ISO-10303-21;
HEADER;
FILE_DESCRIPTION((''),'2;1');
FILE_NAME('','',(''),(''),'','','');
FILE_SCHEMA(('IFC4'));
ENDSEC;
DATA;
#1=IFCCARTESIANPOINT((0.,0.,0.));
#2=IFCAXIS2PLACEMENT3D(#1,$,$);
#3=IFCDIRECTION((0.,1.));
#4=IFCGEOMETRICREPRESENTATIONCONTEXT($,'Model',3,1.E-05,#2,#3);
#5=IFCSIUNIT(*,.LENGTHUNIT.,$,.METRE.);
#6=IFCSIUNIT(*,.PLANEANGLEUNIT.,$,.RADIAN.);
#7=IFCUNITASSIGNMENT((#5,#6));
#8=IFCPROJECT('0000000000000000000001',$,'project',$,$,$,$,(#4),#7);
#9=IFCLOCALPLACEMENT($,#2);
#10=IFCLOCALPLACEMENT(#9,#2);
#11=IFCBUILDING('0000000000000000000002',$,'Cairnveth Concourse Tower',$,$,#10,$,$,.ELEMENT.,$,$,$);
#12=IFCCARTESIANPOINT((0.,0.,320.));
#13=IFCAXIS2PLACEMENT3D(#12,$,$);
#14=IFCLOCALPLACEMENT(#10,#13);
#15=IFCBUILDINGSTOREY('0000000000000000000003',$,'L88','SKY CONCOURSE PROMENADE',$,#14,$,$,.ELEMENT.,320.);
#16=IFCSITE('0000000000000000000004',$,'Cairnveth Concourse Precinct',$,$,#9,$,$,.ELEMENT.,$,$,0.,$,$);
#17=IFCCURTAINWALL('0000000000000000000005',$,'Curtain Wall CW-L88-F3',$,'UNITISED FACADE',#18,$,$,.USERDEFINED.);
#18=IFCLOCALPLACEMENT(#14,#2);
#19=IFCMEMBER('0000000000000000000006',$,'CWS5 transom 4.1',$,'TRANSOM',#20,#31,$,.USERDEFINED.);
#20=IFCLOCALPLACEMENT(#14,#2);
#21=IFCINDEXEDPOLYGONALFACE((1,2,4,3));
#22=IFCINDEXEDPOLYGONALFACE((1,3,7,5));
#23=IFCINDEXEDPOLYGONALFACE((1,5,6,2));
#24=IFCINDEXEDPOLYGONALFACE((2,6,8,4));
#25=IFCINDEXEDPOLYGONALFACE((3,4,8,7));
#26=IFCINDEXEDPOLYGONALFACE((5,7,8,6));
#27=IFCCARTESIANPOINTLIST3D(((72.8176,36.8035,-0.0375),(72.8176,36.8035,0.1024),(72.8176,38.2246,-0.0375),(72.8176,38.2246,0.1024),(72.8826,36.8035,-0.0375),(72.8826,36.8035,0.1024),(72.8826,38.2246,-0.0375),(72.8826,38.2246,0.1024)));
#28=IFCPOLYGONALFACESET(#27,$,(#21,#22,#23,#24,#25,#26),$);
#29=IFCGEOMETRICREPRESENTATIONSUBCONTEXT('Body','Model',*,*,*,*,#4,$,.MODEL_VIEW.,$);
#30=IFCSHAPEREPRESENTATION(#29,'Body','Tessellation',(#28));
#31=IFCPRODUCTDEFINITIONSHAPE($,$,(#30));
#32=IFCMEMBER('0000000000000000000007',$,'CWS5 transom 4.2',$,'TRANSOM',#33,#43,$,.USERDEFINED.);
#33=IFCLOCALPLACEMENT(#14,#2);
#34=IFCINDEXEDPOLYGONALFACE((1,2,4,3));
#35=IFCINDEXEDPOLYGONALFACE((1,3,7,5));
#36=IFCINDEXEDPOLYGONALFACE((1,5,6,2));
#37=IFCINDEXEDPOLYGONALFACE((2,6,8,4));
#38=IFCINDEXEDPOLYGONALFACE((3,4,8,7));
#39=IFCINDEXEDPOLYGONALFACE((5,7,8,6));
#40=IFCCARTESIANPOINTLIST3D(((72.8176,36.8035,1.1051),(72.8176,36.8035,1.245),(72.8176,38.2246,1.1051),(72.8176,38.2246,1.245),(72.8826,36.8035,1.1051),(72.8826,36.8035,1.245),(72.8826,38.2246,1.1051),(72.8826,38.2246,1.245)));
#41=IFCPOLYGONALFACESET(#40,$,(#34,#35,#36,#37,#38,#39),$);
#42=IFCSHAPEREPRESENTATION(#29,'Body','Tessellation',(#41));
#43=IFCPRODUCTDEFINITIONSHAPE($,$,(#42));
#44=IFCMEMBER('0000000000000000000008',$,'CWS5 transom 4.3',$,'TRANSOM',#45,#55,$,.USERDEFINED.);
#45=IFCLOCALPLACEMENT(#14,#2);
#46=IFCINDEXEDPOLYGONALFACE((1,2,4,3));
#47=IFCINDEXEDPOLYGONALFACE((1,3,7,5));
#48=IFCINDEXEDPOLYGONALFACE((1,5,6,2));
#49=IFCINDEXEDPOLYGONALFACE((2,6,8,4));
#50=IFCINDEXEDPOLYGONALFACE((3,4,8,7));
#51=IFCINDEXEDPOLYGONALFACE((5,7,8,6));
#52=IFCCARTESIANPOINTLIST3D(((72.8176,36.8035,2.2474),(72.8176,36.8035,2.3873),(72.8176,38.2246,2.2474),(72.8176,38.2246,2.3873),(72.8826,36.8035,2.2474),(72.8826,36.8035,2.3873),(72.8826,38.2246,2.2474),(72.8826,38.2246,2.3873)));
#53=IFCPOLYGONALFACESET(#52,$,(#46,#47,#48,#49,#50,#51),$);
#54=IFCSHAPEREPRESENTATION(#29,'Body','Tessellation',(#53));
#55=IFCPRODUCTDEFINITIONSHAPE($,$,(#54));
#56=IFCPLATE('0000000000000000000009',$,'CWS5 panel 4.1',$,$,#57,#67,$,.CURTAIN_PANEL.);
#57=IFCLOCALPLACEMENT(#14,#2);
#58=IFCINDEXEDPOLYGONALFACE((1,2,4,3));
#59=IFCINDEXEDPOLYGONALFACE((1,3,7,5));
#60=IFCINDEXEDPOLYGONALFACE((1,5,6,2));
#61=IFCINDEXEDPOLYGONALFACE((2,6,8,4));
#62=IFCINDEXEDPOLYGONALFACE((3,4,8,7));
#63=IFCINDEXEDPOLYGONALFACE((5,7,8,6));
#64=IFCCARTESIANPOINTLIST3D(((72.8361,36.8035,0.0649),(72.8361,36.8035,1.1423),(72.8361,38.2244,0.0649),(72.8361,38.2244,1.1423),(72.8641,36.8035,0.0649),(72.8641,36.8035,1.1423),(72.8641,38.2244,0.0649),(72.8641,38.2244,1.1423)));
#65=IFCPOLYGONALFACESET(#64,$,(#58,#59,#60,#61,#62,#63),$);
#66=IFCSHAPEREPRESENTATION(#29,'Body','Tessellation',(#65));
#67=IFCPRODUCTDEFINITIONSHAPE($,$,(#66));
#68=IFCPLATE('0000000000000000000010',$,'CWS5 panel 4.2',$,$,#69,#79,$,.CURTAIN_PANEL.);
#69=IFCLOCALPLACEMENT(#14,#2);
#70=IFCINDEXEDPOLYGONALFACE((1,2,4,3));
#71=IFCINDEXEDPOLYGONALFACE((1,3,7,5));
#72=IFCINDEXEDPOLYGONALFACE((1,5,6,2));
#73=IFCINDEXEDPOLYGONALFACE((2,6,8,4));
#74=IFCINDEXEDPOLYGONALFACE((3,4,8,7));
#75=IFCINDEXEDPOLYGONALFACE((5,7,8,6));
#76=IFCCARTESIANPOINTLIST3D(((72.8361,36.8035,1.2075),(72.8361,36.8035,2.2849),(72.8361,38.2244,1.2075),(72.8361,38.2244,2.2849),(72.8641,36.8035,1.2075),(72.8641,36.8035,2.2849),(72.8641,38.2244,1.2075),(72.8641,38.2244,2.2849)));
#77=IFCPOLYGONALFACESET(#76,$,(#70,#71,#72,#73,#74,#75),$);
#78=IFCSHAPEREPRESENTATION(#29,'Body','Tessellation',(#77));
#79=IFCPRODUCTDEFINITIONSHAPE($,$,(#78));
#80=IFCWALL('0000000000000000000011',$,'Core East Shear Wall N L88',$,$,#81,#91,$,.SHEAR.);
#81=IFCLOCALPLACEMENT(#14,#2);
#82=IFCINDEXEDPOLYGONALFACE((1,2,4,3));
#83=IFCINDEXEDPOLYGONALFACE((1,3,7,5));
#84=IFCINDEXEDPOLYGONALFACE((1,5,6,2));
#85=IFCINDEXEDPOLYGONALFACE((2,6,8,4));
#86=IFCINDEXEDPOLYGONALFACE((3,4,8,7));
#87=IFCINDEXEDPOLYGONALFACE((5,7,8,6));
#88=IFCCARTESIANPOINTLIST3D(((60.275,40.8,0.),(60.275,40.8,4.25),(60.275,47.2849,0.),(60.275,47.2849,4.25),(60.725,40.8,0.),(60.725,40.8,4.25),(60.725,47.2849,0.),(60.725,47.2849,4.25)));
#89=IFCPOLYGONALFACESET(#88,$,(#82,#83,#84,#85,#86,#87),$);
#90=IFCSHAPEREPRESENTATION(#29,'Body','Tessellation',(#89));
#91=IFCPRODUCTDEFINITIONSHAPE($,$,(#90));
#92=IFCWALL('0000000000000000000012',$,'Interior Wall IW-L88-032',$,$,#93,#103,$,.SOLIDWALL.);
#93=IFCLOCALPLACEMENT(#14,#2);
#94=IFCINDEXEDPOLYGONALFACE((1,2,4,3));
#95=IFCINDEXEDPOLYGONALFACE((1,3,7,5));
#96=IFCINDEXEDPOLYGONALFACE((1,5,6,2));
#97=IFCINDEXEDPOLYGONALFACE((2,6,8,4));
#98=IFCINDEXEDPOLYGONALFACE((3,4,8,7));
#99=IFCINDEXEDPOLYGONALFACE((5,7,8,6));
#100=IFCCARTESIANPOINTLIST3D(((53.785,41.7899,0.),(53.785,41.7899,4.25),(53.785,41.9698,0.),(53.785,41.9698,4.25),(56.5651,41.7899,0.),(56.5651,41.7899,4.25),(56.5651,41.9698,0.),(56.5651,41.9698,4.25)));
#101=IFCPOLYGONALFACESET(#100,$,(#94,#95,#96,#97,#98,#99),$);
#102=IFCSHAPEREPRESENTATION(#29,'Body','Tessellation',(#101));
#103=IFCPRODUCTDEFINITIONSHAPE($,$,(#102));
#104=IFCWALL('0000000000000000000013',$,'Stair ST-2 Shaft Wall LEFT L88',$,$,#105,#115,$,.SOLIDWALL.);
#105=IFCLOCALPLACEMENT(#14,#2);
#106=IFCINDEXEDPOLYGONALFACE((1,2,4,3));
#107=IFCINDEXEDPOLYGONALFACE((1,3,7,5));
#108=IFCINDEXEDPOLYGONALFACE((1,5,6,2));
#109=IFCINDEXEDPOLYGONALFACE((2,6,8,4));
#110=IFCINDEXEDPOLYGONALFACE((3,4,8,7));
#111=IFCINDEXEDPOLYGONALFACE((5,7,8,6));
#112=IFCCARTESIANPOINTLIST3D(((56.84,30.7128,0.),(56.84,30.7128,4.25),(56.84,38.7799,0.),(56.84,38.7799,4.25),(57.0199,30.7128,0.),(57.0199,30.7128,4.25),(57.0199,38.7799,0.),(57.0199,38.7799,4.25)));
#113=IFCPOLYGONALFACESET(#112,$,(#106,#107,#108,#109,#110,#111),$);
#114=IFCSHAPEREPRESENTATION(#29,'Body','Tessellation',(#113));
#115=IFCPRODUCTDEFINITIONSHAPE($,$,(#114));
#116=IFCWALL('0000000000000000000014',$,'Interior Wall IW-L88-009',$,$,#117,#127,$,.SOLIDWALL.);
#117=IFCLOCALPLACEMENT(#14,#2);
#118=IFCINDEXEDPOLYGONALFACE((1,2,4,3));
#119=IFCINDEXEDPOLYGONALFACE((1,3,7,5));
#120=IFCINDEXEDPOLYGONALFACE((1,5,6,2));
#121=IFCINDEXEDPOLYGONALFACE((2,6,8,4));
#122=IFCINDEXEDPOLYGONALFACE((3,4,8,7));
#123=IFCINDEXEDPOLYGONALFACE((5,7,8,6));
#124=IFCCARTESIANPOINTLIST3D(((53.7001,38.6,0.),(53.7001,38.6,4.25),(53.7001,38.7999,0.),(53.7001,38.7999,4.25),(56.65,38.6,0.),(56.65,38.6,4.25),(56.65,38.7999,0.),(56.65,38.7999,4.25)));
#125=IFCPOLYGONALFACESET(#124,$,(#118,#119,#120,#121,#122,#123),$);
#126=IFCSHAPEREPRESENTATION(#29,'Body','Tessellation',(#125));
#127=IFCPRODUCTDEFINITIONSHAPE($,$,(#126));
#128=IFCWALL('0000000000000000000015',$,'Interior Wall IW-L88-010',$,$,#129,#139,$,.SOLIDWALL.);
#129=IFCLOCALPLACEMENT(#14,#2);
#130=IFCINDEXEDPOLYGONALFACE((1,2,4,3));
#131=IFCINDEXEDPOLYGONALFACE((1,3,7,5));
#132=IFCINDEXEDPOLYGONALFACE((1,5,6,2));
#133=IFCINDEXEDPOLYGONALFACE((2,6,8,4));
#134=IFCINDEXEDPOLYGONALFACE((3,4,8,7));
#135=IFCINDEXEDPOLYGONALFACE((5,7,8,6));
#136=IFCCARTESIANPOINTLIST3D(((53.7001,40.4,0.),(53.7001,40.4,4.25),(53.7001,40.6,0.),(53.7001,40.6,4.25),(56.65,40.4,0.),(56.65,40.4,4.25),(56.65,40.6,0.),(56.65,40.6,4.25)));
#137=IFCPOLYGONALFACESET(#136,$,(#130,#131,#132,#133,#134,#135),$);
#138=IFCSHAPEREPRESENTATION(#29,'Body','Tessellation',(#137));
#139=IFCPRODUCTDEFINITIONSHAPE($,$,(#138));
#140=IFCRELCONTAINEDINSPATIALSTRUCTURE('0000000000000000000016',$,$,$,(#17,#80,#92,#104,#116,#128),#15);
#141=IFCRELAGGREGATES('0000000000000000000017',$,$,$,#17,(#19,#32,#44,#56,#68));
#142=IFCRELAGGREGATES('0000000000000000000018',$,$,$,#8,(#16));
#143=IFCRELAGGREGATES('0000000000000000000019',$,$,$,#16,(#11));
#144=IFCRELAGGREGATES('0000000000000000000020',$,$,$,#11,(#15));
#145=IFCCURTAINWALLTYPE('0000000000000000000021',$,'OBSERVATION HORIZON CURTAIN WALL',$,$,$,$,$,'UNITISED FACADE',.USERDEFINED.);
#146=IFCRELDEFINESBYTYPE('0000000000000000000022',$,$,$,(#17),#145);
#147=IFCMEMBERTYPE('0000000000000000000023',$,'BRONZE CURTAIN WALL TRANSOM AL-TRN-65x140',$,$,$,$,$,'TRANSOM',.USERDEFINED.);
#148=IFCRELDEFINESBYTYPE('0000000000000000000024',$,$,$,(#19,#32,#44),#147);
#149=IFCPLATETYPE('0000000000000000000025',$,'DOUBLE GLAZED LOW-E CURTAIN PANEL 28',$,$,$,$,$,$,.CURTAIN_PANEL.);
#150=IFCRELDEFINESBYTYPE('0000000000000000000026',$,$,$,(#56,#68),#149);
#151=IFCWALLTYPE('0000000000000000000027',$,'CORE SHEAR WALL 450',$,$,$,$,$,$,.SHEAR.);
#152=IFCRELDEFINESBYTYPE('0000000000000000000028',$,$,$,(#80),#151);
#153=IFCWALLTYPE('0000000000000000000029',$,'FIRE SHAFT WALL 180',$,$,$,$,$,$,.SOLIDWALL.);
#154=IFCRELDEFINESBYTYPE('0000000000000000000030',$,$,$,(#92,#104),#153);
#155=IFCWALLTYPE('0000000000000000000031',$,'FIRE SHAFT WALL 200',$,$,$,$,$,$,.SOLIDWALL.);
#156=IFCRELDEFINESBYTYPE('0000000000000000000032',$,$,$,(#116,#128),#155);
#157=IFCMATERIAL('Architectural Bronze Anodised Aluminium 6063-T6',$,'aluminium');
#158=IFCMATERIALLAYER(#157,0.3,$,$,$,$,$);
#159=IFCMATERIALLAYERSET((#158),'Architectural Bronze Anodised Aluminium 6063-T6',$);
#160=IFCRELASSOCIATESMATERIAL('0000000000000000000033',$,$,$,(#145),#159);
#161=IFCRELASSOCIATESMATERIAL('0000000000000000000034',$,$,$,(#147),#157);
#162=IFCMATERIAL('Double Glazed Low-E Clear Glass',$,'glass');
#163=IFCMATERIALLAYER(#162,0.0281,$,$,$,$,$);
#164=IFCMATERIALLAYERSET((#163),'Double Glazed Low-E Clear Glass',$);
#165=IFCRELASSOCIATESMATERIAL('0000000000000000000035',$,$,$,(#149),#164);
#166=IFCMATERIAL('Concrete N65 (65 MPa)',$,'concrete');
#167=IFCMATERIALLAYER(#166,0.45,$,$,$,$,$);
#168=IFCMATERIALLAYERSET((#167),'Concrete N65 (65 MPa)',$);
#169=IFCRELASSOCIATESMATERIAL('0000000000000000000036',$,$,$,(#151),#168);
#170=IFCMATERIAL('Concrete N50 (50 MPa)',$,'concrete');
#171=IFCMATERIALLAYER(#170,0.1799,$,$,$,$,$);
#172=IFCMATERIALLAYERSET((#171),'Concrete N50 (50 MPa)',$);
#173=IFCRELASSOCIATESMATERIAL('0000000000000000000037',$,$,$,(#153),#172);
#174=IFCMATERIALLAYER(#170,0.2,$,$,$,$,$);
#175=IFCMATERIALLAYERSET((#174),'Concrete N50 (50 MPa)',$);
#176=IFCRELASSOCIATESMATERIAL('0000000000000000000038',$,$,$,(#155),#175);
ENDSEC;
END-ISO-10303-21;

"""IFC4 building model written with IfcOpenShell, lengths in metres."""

from ifc_helpers import new_model, si_unit, direction, frame, frame_2d, origin, origin_2d, place, context, subcontext, project, spatial, rectangle, extrude, material, layer, layer_set, material_profile, profile_set, type_object, element, aggregate, save


model = new_model("IFC4")

# Units and contexts
model_context = context("Model", 3, precision=1e-05, world=origin(), true_north=direction((0.0, 1.0)))
body_context = subcontext(model_context, "Body", "Model", "MODEL_VIEW")
ifc_project = project(units=[si_unit("LENGTHUNIT", "METRE"), si_unit("PLANEANGLEUNIT", "RADIAN")], contexts=[model_context])

# Site, building, storey
site_placement = place(None, origin())
site = spatial("IfcSite", under=ifc_project, at=site_placement, Name="Cairnveth Concourse Precinct", CompositionType="ELEMENT", RefElevation=0.0)
building_placement = place(site_placement, origin())
building = spatial("IfcBuilding", under=site, at=building_placement, Name="Cairnveth Concourse Tower", CompositionType="ELEMENT")
storey_placement = place(building_placement, frame((0.0, 0.0, 320.0)))
storey = spatial("IfcBuildingStorey", under=building, at=storey_placement, Name="L88", Description="SKY CONCOURSE PROMENADE", CompositionType="ELEMENT", Elevation=320.0)

# Curtain wall, members, plates
ifc_material_1 = material(Name="Architectural Bronze Anodised Aluminium 6063-T6", Category="aluminium")
ifc_layer_1 = layer(ifc_material_1, 0.3)
ifc_layer_set_1 = layer_set([ifc_layer_1], Name="Architectural Bronze Anodised Aluminium 6063-T6")
curtain_wall_type = type_object("IfcCurtainWallType", Name="OBSERVATION HORIZON CURTAIN WALL", ElementType="UNITISED FACADE", PredefinedType="USERDEFINED", material=ifc_layer_set_1)
curtain_wall_placement = place(storey_placement, origin())
curtain_wall = element("IfcCurtainWall", 1, at=curtain_wall_placement, inside=storey, type_object=curtain_wall_type, Name="Curtain Wall CW-L88-F3", ObjectType="UNITISED FACADE", PredefinedType="USERDEFINED")
ifc_material_profile = material_profile(ifc_material_1, rectangle(XDim=0.0649, YDim=0.1399, at=origin_2d()), Name="AL-TRN-65x140")
ifc_profile_set = profile_set([ifc_material_profile], Name="Architectural Bronze Anodised Aluminium 6063-T6")
member_type = type_object("IfcMemberType", Name="BRONZE CURTAIN WALL TRANSOM AL-TRN-65x140", ElementType="TRANSOM", PredefinedType="USERDEFINED", material=ifc_profile_set)
member_1_placement = place(storey_placement, frame((72.8501, 38.2246, 0.0325), z_axis=(0.0, -1.0, 0.0), x_axis=(1.0, 0.0, 0.0)))
member_1 = element("IfcMember", 2, at=member_1_placement, type_object=member_type, Name="CWS5 transom 4.1", ObjectType="TRANSOM", PredefinedType="USERDEFINED", context=body_context, shape_type="SweptSolid", body=[
    extrude(rectangle(XDim=0.0649, YDim=0.1399, at=origin_2d()), origin(), (0.0, 0.0, 1.0), 1.4211),
])
member_2_placement = place(storey_placement, frame((72.8501, 38.2246, 1.175), z_axis=(0.0, -1.0, 0.0), x_axis=(1.0, 0.0, 0.0)))
member_2 = element("IfcMember", 3, at=member_2_placement, type_object=member_type, Name="CWS5 transom 4.2", ObjectType="TRANSOM", PredefinedType="USERDEFINED", context=body_context, shape_type="SweptSolid", body=[
    extrude(rectangle(XDim=0.0649, YDim=0.1399, at=origin_2d()), origin(), (0.0, 0.0, 1.0), 1.4211),
])
member_3_placement = place(storey_placement, frame((72.8501, 38.2246, 2.3174), z_axis=(0.0, -1.0, 0.0), x_axis=(1.0, 0.0, 0.0)))
member_3 = element("IfcMember", 4, at=member_3_placement, type_object=member_type, Name="CWS5 transom 4.3", ObjectType="TRANSOM", PredefinedType="USERDEFINED", context=body_context, shape_type="SweptSolid", body=[
    extrude(rectangle(XDim=0.0649, YDim=0.1399, at=origin_2d()), origin(), (0.0, 0.0, 1.0), 1.4211),
])
ifc_material_2 = material(Name="Double Glazed Low-E Clear Glass", Category="glass")
ifc_layer_2 = layer(ifc_material_2, 0.0281)
ifc_layer_set_2 = layer_set([ifc_layer_2], Name="Double Glazed Low-E Clear Glass")
plate_type = type_object("IfcPlateType", Name="DOUBLE GLAZED LOW-E CURTAIN PANEL 28", PredefinedType="CURTAIN_PANEL", material=ifc_layer_set_2)
plate_1_placement = place(storey_placement, frame((72.8501, 37.5139, 0.0649), z_axis=(0.0, 0.0, 1.0), x_axis=(0.0, -1.0, 0.0)))
plate_1 = element("IfcPlate", 5, at=plate_1_placement, type_object=plate_type, Name="CWS5 panel 4.1", PredefinedType="CURTAIN_PANEL", context=body_context, shape_type="SweptSolid", body=[
    extrude(rectangle(XDim=1.4209, YDim=0.0281, at=origin_2d()), origin(), (0.0, 0.0, 1.0), 1.0774),
])
plate_2_placement = place(storey_placement, frame((72.8501, 37.5139, 1.2075), z_axis=(0.0, 0.0, 1.0), x_axis=(0.0, -1.0, 0.0)))
plate_2 = element("IfcPlate", 6, at=plate_2_placement, type_object=plate_type, Name="CWS5 panel 4.2", PredefinedType="CURTAIN_PANEL", context=body_context, shape_type="SweptSolid", body=[
    extrude(rectangle(XDim=1.4209, YDim=0.0281, at=origin_2d()), origin(), (0.0, 0.0, 1.0), 1.0774),
])
aggregate(curtain_wall, [member_1, member_2, member_3, plate_1, plate_2])

# Walls
ifc_material_3 = material(Name="Concrete N65 (65 MPa)", Category="concrete")
ifc_layer_3 = layer(ifc_material_3, 0.45)
ifc_layer_set_3 = layer_set([ifc_layer_3], Name="Concrete N65 (65 MPa)")
wall_type_1 = type_object("IfcWallType", Name="CORE SHEAR WALL 450", PredefinedType="SHEAR", material=ifc_layer_set_3)
wall_1_placement = place(storey_placement, frame((60.5, 40.8, 0.0), z_axis=(0.0, 0.0, 1.0), x_axis=(0.0, 1.0, 0.0)))
element("IfcWall", 7, at=wall_1_placement, inside=storey, type_object=wall_type_1, Name="Core East Shear Wall N L88", PredefinedType="SHEAR", context=body_context, shape_type="SweptSolid", body=[
    extrude(rectangle(XDim=6.4849, YDim=0.45, at=frame_2d((3.2424, 0.0))), origin(), (0.0, 0.0, 1.0), 4.25),
])
ifc_material_4 = material(Name="Concrete N50 (50 MPa)", Category="concrete")
ifc_layer_4 = layer(ifc_material_4, 0.1799)
ifc_layer_set_4 = layer_set([ifc_layer_4], Name="Concrete N50 (50 MPa)")
wall_type_2 = type_object("IfcWallType", Name="FIRE SHAFT WALL 180", PredefinedType="SOLIDWALL", material=ifc_layer_set_4)
wall_2_placement = place(storey_placement, frame((53.7849, 41.8799, 0.0), z_axis=(0.0, 0.0, 1.0), x_axis=(1.0, 0.0, 0.0)))
element("IfcWall", 8, at=wall_2_placement, inside=storey, type_object=wall_type_2, Name="Interior Wall IW-L88-032", PredefinedType="SOLIDWALL", context=body_context, shape_type="SweptSolid", body=[
    extrude(rectangle(XDim=2.78, YDim=0.1799, at=frame_2d((1.3901, 0.0))), origin(), (0.0, 0.0, 1.0), 4.25),
])

# Walls
wall_3_placement = place(storey_placement, frame((56.9299, 38.78, 0.0), z_axis=(0.0, 0.0, 1.0), x_axis=(0.0, -1.0, 0.0)))
element("IfcWall", 9, at=wall_3_placement, inside=storey, type_object=wall_type_2, Name="Stair ST-2 Shaft Wall LEFT L88", PredefinedType="SOLIDWALL", context=body_context, shape_type="SweptSolid", body=[
    extrude(rectangle(XDim=8.0671, YDim=0.1799, at=frame_2d((4.0337, 0.0))), origin(), (0.0, 0.0, 1.0), 4.25),
])
ifc_layer_5 = layer(ifc_material_4, 0.2)
ifc_layer_set_5 = layer_set([ifc_layer_5], Name="Concrete N50 (50 MPa)")
wall_type_3 = type_object("IfcWallType", Name="FIRE SHAFT WALL 200", PredefinedType="SOLIDWALL", material=ifc_layer_set_5)
for number, where, z_axis, x_axis, name in (
    (10, (53.7, 38.7, 0.0), (0.0, 0.0, 1.0), (1.0, 0.0, 0.0), "Interior Wall IW-L88-009"),
    (11, (53.7, 40.5, 0.0), (0.0, 0.0, 1.0), (1.0, 0.0, 0.0), "Interior Wall IW-L88-010"),
):
    element("IfcWall", number, at=place(storey_placement, frame(where, z_axis=z_axis, x_axis=x_axis)), inside=storey, type_object=wall_type_3, Name=name, PredefinedType="SOLIDWALL", context=body_context, shape_type="SweptSolid", body=[
        extrude(rectangle(XDim=2.95, YDim=0.2, at=frame_2d((1.4751, 0.0))), origin(), (0.0, 0.0, 1.0), 4.25),
    ])

save(model, "model.ifc")
